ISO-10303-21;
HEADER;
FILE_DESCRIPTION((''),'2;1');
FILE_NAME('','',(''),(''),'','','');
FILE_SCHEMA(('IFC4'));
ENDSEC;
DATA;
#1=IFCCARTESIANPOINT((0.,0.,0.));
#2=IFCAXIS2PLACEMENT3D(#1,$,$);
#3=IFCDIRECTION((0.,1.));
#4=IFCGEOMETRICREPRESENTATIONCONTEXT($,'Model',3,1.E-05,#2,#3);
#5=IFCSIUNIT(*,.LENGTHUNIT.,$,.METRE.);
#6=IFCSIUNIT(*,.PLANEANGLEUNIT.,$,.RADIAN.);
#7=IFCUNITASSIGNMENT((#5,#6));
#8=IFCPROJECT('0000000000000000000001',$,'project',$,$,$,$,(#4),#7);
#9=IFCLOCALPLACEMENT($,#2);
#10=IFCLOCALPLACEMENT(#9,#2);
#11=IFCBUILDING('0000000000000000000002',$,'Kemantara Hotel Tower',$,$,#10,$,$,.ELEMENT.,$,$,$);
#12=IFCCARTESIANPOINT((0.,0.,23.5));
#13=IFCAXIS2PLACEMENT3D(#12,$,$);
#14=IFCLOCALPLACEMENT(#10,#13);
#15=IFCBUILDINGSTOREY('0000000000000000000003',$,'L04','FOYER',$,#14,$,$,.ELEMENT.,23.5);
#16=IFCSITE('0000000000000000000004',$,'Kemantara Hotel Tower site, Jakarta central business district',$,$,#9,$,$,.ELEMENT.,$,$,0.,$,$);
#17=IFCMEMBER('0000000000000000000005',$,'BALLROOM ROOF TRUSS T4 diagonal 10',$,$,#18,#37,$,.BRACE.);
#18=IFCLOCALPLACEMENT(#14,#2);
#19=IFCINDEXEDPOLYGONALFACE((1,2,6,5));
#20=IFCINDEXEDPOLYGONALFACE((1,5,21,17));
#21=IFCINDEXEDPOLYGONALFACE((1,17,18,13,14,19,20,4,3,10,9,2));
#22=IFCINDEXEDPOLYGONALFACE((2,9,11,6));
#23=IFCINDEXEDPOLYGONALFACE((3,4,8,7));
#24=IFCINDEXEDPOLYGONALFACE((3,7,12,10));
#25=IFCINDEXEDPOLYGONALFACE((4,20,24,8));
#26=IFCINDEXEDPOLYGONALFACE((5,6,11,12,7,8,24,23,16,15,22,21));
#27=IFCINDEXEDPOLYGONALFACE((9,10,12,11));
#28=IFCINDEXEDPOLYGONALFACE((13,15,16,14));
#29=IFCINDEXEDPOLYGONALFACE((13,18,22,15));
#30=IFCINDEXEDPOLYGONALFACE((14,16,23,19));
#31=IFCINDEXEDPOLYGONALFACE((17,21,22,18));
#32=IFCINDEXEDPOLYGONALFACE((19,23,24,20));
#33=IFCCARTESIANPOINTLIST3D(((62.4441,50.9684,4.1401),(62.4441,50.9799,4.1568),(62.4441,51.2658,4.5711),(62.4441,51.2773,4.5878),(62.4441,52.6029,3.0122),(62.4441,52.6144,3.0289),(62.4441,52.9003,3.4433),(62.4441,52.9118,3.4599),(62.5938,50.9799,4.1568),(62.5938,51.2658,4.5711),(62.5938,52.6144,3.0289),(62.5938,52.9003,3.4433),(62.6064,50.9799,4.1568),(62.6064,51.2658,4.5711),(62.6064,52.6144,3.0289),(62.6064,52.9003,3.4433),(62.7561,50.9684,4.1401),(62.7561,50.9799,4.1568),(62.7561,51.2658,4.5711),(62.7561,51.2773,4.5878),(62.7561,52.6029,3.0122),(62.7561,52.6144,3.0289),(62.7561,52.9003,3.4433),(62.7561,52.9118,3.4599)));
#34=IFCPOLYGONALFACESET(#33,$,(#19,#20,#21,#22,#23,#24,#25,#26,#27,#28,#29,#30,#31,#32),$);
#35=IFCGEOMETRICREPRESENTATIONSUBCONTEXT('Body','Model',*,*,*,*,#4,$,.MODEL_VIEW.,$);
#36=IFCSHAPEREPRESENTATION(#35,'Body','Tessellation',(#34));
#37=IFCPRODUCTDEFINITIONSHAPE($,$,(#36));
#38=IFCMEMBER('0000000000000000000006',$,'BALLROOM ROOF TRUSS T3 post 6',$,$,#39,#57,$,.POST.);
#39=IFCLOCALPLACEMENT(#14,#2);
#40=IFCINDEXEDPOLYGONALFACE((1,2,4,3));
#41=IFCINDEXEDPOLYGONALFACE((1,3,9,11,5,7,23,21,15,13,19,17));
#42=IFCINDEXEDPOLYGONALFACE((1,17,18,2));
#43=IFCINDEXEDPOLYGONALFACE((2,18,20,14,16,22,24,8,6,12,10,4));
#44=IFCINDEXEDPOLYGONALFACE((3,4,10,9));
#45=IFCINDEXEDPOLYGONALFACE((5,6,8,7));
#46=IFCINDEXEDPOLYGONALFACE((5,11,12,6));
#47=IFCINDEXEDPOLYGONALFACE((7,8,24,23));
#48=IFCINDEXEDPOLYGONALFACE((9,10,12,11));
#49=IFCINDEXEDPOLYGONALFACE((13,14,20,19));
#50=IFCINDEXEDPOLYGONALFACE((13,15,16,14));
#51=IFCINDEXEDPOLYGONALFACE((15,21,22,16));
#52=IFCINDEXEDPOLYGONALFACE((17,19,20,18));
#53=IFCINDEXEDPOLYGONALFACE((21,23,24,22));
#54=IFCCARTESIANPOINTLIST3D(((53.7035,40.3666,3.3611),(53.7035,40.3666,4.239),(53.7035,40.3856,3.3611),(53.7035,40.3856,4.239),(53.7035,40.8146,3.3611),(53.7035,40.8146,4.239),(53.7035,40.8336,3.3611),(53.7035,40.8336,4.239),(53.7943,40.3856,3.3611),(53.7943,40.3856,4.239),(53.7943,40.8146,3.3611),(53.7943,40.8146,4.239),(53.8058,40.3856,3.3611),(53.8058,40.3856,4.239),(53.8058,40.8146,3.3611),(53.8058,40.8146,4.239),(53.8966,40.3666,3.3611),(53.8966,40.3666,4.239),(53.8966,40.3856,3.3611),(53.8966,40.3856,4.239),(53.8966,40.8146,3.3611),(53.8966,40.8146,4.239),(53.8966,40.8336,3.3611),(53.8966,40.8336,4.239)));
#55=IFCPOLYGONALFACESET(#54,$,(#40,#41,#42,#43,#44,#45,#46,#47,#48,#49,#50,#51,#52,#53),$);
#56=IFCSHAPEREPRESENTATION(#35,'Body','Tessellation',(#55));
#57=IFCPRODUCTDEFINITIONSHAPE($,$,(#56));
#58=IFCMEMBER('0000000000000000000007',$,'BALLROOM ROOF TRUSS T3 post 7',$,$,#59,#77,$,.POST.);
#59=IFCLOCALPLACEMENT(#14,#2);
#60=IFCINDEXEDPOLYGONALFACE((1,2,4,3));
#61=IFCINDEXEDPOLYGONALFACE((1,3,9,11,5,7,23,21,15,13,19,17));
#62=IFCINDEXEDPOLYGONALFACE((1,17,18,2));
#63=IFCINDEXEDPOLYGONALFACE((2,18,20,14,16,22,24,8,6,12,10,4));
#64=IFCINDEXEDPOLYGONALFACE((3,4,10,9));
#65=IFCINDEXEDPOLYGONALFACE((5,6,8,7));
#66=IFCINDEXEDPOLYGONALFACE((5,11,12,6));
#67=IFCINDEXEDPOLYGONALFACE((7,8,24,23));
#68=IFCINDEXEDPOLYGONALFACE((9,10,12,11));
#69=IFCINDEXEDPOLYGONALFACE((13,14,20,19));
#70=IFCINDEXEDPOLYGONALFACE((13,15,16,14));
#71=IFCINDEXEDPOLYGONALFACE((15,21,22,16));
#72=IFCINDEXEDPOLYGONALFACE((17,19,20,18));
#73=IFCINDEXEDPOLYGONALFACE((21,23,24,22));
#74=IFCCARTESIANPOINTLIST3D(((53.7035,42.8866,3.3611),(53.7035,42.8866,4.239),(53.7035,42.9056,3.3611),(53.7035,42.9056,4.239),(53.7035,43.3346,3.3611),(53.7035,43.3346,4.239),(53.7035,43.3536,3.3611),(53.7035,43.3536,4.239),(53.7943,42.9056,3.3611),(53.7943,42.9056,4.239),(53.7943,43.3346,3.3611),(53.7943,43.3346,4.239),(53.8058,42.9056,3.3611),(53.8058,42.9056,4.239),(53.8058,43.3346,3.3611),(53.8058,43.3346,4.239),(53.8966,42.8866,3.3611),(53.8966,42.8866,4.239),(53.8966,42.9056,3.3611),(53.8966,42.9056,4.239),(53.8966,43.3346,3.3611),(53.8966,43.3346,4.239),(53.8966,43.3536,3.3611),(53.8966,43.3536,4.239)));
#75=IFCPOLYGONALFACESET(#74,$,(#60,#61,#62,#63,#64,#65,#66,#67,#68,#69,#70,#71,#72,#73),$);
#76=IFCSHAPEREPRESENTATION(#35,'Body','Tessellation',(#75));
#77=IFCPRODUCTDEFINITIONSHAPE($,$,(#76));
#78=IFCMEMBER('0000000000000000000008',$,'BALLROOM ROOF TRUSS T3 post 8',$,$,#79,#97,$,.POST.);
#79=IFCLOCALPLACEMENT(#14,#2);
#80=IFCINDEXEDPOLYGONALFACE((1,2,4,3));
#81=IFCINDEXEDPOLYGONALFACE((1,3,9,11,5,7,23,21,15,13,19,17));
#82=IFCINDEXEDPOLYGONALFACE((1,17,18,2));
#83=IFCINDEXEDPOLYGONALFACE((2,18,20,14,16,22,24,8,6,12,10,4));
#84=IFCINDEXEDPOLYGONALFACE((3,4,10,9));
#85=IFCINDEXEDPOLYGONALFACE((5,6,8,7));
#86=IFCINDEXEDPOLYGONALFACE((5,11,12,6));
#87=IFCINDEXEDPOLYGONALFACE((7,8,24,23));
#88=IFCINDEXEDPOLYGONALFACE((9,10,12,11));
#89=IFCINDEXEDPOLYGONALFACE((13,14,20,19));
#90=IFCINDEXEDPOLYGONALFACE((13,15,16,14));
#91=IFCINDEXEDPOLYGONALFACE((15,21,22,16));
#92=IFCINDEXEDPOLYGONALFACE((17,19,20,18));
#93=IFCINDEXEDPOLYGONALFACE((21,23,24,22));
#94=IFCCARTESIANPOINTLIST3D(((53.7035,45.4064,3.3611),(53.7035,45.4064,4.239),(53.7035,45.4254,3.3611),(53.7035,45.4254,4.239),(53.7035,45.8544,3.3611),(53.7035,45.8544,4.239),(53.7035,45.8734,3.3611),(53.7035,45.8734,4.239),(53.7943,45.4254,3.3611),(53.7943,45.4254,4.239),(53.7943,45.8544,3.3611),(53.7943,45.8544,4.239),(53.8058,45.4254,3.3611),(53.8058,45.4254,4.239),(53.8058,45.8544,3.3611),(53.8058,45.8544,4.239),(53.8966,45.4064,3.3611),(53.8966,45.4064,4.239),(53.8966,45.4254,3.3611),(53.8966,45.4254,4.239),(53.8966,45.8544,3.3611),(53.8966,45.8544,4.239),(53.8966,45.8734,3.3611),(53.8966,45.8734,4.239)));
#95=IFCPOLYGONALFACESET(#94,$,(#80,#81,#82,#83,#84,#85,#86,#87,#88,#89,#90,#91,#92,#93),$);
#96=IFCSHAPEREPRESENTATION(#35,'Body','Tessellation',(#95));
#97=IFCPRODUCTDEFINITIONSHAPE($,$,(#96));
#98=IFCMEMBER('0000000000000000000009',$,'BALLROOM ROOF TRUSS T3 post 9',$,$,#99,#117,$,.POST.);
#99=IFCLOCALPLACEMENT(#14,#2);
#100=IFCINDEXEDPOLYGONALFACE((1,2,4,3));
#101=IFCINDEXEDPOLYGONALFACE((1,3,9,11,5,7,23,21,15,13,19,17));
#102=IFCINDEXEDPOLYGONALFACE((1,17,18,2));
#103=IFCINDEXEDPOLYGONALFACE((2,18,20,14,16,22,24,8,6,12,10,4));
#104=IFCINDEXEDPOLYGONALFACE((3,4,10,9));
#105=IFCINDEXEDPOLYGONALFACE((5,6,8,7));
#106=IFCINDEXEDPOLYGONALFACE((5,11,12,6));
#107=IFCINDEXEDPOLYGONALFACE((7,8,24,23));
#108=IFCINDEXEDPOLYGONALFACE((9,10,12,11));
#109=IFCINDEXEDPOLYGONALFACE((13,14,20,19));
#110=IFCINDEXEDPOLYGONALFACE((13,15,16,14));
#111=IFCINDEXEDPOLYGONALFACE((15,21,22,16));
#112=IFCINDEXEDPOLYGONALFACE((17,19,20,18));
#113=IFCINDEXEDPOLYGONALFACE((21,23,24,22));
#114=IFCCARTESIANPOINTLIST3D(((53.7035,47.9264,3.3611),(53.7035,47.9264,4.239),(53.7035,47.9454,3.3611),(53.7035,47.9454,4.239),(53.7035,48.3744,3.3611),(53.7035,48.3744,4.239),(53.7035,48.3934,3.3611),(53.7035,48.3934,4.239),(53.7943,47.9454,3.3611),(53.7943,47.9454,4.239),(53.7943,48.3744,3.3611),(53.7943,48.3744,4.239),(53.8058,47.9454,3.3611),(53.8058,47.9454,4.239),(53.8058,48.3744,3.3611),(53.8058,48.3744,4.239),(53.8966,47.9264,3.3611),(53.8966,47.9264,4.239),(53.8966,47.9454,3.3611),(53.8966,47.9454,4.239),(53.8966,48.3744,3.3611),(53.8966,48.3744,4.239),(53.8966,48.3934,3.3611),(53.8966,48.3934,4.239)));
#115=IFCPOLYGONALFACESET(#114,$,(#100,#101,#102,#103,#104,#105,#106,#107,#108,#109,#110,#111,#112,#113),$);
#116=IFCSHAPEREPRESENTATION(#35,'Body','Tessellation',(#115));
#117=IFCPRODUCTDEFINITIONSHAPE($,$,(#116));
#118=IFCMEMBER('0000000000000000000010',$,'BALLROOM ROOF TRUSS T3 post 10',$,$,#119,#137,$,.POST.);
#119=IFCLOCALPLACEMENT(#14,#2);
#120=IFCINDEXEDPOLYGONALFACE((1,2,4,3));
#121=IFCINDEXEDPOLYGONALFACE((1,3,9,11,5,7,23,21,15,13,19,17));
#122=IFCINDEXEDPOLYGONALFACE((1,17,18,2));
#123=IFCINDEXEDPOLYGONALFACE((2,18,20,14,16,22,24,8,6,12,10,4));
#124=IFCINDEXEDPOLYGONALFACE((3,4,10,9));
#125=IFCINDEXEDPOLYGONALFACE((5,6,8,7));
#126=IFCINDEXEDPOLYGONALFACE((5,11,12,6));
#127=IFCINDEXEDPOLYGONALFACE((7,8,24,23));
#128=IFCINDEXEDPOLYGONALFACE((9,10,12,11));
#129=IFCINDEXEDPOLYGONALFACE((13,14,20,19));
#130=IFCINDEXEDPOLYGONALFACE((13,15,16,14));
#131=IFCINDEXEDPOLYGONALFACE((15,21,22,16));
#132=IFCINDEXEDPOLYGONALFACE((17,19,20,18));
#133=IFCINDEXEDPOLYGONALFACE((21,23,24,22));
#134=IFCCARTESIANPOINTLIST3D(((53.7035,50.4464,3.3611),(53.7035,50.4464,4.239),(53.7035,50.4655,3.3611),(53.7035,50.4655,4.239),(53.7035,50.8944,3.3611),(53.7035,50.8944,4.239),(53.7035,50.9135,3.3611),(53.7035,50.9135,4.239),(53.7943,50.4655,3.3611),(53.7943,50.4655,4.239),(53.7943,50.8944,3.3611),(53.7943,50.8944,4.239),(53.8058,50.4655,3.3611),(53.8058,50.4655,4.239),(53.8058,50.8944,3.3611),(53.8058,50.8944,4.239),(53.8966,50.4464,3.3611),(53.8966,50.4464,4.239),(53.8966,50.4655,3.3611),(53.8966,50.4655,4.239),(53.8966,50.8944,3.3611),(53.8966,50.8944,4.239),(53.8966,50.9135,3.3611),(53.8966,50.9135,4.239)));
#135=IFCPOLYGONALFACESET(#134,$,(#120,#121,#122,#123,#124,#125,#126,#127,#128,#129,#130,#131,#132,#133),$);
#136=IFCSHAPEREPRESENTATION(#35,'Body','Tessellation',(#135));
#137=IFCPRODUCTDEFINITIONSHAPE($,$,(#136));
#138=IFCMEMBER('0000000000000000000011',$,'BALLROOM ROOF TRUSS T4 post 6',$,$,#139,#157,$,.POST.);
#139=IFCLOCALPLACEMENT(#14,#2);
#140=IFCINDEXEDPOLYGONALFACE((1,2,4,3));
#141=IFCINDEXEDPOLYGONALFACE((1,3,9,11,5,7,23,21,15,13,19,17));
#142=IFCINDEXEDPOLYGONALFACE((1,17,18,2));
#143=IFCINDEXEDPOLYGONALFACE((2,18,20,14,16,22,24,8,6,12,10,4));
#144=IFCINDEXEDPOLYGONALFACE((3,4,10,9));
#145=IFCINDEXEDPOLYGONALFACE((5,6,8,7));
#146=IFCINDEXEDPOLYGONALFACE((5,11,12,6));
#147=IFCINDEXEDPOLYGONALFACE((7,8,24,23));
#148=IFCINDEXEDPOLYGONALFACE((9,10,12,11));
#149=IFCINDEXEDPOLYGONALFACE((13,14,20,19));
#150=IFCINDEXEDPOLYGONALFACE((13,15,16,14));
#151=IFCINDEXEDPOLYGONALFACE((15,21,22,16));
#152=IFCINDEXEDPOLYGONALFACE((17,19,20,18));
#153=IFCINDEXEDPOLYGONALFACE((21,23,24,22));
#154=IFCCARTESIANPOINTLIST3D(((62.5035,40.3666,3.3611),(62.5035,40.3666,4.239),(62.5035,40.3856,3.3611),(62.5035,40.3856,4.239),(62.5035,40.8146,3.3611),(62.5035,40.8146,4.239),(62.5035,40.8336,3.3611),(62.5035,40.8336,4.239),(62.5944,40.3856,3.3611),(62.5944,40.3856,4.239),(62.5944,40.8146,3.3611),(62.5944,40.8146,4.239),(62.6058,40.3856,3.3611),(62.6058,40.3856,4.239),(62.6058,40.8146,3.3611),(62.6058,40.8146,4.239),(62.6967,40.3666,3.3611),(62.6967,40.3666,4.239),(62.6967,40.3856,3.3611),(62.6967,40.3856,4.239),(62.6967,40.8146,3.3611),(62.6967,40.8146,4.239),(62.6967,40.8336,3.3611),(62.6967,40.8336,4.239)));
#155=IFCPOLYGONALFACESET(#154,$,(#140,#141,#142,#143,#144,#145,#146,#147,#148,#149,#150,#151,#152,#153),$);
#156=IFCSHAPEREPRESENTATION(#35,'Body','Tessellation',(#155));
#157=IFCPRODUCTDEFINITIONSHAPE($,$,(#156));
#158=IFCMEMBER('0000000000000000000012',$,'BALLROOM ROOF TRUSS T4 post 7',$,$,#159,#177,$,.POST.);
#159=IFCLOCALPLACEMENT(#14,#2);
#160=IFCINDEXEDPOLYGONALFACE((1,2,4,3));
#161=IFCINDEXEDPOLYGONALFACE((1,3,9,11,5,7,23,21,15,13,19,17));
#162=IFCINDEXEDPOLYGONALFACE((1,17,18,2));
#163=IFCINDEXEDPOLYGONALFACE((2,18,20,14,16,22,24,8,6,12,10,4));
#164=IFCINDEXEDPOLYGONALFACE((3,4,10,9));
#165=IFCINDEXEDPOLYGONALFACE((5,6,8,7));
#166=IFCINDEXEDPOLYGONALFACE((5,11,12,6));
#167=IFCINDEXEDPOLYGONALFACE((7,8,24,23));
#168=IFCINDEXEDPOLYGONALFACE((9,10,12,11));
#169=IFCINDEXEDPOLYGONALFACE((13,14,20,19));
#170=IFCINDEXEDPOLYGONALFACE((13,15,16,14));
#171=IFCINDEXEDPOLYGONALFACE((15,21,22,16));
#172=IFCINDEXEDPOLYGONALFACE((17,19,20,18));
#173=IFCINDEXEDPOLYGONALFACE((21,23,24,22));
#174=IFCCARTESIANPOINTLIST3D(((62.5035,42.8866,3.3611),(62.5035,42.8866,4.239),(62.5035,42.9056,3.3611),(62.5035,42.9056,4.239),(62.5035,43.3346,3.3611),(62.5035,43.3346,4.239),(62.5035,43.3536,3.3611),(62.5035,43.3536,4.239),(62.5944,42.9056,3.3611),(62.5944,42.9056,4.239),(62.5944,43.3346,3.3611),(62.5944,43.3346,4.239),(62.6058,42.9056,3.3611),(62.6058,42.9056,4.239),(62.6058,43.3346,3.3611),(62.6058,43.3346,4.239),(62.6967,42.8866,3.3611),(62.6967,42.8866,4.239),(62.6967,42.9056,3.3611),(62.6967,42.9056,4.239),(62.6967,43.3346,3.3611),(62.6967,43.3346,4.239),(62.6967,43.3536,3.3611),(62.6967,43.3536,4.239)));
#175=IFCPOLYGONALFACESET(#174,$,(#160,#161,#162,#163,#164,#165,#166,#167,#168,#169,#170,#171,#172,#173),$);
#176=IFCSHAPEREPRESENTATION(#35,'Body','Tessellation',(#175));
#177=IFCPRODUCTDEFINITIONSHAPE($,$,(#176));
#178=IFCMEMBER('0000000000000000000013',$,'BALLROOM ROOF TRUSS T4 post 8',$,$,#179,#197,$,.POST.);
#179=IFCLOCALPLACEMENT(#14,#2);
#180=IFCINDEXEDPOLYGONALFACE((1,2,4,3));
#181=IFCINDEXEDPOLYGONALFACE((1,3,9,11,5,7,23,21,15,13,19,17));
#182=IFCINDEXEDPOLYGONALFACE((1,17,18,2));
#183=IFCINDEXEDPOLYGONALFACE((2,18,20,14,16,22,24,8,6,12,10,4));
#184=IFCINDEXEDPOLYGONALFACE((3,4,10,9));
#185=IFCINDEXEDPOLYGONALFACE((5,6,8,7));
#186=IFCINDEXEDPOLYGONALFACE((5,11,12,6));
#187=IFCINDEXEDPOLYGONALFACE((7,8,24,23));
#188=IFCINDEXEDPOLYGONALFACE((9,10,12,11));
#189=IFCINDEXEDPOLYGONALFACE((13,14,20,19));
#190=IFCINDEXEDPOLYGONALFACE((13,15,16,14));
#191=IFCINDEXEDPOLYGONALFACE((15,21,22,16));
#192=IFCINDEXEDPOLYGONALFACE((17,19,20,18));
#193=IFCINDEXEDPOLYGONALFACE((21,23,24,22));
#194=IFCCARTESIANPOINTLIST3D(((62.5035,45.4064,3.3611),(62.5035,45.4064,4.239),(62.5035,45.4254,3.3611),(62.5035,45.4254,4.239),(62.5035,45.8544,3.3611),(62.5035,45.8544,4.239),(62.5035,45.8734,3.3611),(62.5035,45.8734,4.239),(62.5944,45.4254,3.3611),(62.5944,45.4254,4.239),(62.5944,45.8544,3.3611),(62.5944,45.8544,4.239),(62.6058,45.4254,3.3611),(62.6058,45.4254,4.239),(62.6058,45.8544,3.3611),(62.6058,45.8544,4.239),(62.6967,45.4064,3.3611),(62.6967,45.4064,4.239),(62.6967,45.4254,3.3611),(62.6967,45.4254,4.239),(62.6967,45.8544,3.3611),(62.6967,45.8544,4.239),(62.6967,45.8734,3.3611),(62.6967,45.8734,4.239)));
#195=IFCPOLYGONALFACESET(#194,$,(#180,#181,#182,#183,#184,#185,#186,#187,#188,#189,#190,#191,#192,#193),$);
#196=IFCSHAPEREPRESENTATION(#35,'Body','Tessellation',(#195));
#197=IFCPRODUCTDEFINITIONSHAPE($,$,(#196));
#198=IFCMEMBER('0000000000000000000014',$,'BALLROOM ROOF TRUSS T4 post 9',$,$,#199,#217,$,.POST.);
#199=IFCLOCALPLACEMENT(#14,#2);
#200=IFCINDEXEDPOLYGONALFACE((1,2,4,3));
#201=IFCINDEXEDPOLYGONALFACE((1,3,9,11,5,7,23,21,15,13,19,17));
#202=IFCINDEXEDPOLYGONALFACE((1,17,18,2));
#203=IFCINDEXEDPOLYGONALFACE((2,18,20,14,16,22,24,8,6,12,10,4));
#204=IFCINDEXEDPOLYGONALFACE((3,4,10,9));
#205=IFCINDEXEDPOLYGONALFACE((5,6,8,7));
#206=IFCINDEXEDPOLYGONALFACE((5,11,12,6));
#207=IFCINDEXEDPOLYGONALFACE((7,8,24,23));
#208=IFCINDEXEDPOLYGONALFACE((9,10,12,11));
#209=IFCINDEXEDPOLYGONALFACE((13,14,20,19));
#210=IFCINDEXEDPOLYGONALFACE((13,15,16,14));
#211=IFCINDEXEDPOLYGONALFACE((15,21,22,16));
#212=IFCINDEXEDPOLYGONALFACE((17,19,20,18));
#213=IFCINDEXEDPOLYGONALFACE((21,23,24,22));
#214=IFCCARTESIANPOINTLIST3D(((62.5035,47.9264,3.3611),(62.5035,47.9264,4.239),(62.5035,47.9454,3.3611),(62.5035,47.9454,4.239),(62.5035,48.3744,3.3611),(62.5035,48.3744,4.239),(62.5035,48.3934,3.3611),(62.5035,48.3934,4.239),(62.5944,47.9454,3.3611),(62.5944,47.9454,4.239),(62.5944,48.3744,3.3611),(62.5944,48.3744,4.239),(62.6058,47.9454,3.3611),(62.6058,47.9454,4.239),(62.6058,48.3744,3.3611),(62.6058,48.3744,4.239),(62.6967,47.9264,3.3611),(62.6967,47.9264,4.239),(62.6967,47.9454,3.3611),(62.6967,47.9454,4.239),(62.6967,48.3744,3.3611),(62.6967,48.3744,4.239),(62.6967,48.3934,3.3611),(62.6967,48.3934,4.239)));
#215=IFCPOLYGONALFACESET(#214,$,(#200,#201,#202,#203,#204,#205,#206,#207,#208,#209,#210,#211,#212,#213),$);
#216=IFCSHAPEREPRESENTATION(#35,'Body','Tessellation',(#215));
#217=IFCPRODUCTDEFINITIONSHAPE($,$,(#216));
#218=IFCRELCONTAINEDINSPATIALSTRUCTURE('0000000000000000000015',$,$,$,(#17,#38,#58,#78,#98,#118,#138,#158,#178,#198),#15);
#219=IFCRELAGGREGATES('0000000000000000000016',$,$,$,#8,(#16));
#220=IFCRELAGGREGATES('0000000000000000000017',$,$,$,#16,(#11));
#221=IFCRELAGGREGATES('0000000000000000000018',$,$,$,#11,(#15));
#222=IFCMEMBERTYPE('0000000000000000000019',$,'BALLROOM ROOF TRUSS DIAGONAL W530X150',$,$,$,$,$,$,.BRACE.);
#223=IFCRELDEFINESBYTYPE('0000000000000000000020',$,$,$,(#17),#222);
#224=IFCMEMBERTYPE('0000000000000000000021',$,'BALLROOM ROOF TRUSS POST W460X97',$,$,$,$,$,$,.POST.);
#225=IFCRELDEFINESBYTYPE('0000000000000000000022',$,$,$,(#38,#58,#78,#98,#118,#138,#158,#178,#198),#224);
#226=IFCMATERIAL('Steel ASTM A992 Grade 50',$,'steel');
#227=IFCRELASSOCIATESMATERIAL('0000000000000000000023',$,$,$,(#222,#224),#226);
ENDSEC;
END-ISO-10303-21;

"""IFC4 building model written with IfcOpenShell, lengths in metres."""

from ifc_helpers import new_model, si_unit, direction, frame, origin, origin_2d, place, context, subcontext, project, spatial, i_section, extrude, material, material_profile, profile_set, type_object, element, save


model = new_model("IFC4")

# Units and contexts
model_context = context("Model", 3, precision=1e-05, world=origin(), true_north=direction((0.0, 1.0)))
body_context = subcontext(model_context, "Body", "Model", "MODEL_VIEW")
ifc_project = project(units=[si_unit("LENGTHUNIT", "METRE"), si_unit("PLANEANGLEUNIT", "RADIAN")], contexts=[model_context])

# Site, building, storey
site_placement = place(None, origin())
site = spatial("IfcSite", under=ifc_project, at=site_placement, Name="Kemantara Hotel Tower site, Jakarta central business district", CompositionType="ELEMENT", RefElevation=0.0)
building_placement = place(site_placement, origin())
building = spatial("IfcBuilding", under=site, at=building_placement, Name="Kemantara Hotel Tower", CompositionType="ELEMENT")
storey_placement = place(building_placement, frame((0.0, 0.0, 23.5)))
storey = spatial("IfcBuildingStorey", under=building, at=storey_placement, Name="L04", Description="FOYER", CompositionType="ELEMENT", Elevation=23.5)

# Members
ifc_material_1 = material(Name="Steel ASTM A992 Grade 50", Category="steel")
ifc_material_profile_1 = material_profile(ifc_material_1, i_section(OverallWidth=0.312, OverallDepth=0.5439, WebThickness=0.0127, FlangeThickness=0.0203, at=origin_2d()), Name="W530X150")
ifc_profile_set_1 = profile_set([ifc_material_profile_1], Name="Steel ASTM A992 Grade 50")
member_type_1 = type_object("IfcMemberType", Name="BALLROOM ROOF TRUSS DIAGONAL W530X150", PredefinedType="BRACE", material=ifc_profile_set_1)
for number, where, z_axis, x_axis, name in (
    (1, (62.6001, 52.7573, 3.2361), (0.0, -0.823054, 0.567963), (1.0, 0.0, 0.0), "BALLROOM ROOF TRUSS T4 diagonal 10"),
):
    element("IfcMember", number, at=place(storey_placement, frame(where, z_axis=z_axis, x_axis=x_axis)), inside=storey, type_object=member_type_1, Name=name, PredefinedType="BRACE", context=body_context, shape_type="SweptSolid", body=[
        extrude(i_section(OverallWidth=0.312, OverallDepth=0.5439, WebThickness=0.0127, FlangeThickness=0.0203, at=origin_2d()), origin(), (0.0, 0.0, 1.0), 1.9858),
    ])
ifc_material_profile_2 = material_profile(ifc_material_1, i_section(OverallWidth=0.1931, OverallDepth=0.467, WebThickness=0.0115, FlangeThickness=0.019, at=origin_2d()), Name="W460X97")
ifc_profile_set_2 = profile_set([ifc_material_profile_2], Name="Steel ASTM A992 Grade 50")
member_type_2 = type_object("IfcMemberType", Name="BALLROOM ROOF TRUSS POST W460X97", PredefinedType="POST", material=ifc_profile_set_2)
for number, where, z_axis, x_axis, name in (
    (2, (53.8, 40.6001, 3.3611), (0.0, 0.0, 1.0), (1.0, 0.0, 0.0), "BALLROOM ROOF TRUSS T3 post 6"),
    (3, (53.8, 43.1201, 3.3611), (0.0, 0.0, 1.0), (1.0, 0.0, 0.0), "BALLROOM ROOF TRUSS T3 post 7"),
    (4, (53.8, 45.6399, 3.3611), (0.0, 0.0, 1.0), (1.0, 0.0, 0.0), "BALLROOM ROOF TRUSS T3 post 8"),
    (5, (53.8, 48.1599, 3.3611), (0.0, 0.0, 1.0), (1.0, 0.0, 0.0), "BALLROOM ROOF TRUSS T3 post 9"),
    (6, (53.8, 50.6799, 3.3611), (0.0, 0.0, 1.0), (1.0, 0.0, 0.0), "BALLROOM ROOF TRUSS T3 post 10"),
    (7, (62.6001, 40.6001, 3.3611), (0.0, 0.0, 1.0), (1.0, 0.0, 0.0), "BALLROOM ROOF TRUSS T4 post 6"),
    (8, (62.6001, 43.1201, 3.3611), (0.0, 0.0, 1.0), (1.0, 0.0, 0.0), "BALLROOM ROOF TRUSS T4 post 7"),
    (9, (62.6001, 45.6399, 3.3611), (0.0, 0.0, 1.0), (1.0, 0.0, 0.0), "BALLROOM ROOF TRUSS T4 post 8"),
    (10, (62.6001, 48.1599, 3.3611), (0.0, 0.0, 1.0), (1.0, 0.0, 0.0), "BALLROOM ROOF TRUSS T4 post 9"),
):
    element("IfcMember", number, at=place(storey_placement, frame(where, z_axis=z_axis, x_axis=x_axis)), inside=storey, type_object=member_type_2, Name=name, PredefinedType="POST", context=body_context, shape_type="SweptSolid", body=[
        extrude(i_section(OverallWidth=0.1931, OverallDepth=0.467, WebThickness=0.0115, FlangeThickness=0.019, at=origin_2d()), origin(), (0.0, 0.0, 1.0), 0.8779),
    ])

save(model, "model.ifc")
